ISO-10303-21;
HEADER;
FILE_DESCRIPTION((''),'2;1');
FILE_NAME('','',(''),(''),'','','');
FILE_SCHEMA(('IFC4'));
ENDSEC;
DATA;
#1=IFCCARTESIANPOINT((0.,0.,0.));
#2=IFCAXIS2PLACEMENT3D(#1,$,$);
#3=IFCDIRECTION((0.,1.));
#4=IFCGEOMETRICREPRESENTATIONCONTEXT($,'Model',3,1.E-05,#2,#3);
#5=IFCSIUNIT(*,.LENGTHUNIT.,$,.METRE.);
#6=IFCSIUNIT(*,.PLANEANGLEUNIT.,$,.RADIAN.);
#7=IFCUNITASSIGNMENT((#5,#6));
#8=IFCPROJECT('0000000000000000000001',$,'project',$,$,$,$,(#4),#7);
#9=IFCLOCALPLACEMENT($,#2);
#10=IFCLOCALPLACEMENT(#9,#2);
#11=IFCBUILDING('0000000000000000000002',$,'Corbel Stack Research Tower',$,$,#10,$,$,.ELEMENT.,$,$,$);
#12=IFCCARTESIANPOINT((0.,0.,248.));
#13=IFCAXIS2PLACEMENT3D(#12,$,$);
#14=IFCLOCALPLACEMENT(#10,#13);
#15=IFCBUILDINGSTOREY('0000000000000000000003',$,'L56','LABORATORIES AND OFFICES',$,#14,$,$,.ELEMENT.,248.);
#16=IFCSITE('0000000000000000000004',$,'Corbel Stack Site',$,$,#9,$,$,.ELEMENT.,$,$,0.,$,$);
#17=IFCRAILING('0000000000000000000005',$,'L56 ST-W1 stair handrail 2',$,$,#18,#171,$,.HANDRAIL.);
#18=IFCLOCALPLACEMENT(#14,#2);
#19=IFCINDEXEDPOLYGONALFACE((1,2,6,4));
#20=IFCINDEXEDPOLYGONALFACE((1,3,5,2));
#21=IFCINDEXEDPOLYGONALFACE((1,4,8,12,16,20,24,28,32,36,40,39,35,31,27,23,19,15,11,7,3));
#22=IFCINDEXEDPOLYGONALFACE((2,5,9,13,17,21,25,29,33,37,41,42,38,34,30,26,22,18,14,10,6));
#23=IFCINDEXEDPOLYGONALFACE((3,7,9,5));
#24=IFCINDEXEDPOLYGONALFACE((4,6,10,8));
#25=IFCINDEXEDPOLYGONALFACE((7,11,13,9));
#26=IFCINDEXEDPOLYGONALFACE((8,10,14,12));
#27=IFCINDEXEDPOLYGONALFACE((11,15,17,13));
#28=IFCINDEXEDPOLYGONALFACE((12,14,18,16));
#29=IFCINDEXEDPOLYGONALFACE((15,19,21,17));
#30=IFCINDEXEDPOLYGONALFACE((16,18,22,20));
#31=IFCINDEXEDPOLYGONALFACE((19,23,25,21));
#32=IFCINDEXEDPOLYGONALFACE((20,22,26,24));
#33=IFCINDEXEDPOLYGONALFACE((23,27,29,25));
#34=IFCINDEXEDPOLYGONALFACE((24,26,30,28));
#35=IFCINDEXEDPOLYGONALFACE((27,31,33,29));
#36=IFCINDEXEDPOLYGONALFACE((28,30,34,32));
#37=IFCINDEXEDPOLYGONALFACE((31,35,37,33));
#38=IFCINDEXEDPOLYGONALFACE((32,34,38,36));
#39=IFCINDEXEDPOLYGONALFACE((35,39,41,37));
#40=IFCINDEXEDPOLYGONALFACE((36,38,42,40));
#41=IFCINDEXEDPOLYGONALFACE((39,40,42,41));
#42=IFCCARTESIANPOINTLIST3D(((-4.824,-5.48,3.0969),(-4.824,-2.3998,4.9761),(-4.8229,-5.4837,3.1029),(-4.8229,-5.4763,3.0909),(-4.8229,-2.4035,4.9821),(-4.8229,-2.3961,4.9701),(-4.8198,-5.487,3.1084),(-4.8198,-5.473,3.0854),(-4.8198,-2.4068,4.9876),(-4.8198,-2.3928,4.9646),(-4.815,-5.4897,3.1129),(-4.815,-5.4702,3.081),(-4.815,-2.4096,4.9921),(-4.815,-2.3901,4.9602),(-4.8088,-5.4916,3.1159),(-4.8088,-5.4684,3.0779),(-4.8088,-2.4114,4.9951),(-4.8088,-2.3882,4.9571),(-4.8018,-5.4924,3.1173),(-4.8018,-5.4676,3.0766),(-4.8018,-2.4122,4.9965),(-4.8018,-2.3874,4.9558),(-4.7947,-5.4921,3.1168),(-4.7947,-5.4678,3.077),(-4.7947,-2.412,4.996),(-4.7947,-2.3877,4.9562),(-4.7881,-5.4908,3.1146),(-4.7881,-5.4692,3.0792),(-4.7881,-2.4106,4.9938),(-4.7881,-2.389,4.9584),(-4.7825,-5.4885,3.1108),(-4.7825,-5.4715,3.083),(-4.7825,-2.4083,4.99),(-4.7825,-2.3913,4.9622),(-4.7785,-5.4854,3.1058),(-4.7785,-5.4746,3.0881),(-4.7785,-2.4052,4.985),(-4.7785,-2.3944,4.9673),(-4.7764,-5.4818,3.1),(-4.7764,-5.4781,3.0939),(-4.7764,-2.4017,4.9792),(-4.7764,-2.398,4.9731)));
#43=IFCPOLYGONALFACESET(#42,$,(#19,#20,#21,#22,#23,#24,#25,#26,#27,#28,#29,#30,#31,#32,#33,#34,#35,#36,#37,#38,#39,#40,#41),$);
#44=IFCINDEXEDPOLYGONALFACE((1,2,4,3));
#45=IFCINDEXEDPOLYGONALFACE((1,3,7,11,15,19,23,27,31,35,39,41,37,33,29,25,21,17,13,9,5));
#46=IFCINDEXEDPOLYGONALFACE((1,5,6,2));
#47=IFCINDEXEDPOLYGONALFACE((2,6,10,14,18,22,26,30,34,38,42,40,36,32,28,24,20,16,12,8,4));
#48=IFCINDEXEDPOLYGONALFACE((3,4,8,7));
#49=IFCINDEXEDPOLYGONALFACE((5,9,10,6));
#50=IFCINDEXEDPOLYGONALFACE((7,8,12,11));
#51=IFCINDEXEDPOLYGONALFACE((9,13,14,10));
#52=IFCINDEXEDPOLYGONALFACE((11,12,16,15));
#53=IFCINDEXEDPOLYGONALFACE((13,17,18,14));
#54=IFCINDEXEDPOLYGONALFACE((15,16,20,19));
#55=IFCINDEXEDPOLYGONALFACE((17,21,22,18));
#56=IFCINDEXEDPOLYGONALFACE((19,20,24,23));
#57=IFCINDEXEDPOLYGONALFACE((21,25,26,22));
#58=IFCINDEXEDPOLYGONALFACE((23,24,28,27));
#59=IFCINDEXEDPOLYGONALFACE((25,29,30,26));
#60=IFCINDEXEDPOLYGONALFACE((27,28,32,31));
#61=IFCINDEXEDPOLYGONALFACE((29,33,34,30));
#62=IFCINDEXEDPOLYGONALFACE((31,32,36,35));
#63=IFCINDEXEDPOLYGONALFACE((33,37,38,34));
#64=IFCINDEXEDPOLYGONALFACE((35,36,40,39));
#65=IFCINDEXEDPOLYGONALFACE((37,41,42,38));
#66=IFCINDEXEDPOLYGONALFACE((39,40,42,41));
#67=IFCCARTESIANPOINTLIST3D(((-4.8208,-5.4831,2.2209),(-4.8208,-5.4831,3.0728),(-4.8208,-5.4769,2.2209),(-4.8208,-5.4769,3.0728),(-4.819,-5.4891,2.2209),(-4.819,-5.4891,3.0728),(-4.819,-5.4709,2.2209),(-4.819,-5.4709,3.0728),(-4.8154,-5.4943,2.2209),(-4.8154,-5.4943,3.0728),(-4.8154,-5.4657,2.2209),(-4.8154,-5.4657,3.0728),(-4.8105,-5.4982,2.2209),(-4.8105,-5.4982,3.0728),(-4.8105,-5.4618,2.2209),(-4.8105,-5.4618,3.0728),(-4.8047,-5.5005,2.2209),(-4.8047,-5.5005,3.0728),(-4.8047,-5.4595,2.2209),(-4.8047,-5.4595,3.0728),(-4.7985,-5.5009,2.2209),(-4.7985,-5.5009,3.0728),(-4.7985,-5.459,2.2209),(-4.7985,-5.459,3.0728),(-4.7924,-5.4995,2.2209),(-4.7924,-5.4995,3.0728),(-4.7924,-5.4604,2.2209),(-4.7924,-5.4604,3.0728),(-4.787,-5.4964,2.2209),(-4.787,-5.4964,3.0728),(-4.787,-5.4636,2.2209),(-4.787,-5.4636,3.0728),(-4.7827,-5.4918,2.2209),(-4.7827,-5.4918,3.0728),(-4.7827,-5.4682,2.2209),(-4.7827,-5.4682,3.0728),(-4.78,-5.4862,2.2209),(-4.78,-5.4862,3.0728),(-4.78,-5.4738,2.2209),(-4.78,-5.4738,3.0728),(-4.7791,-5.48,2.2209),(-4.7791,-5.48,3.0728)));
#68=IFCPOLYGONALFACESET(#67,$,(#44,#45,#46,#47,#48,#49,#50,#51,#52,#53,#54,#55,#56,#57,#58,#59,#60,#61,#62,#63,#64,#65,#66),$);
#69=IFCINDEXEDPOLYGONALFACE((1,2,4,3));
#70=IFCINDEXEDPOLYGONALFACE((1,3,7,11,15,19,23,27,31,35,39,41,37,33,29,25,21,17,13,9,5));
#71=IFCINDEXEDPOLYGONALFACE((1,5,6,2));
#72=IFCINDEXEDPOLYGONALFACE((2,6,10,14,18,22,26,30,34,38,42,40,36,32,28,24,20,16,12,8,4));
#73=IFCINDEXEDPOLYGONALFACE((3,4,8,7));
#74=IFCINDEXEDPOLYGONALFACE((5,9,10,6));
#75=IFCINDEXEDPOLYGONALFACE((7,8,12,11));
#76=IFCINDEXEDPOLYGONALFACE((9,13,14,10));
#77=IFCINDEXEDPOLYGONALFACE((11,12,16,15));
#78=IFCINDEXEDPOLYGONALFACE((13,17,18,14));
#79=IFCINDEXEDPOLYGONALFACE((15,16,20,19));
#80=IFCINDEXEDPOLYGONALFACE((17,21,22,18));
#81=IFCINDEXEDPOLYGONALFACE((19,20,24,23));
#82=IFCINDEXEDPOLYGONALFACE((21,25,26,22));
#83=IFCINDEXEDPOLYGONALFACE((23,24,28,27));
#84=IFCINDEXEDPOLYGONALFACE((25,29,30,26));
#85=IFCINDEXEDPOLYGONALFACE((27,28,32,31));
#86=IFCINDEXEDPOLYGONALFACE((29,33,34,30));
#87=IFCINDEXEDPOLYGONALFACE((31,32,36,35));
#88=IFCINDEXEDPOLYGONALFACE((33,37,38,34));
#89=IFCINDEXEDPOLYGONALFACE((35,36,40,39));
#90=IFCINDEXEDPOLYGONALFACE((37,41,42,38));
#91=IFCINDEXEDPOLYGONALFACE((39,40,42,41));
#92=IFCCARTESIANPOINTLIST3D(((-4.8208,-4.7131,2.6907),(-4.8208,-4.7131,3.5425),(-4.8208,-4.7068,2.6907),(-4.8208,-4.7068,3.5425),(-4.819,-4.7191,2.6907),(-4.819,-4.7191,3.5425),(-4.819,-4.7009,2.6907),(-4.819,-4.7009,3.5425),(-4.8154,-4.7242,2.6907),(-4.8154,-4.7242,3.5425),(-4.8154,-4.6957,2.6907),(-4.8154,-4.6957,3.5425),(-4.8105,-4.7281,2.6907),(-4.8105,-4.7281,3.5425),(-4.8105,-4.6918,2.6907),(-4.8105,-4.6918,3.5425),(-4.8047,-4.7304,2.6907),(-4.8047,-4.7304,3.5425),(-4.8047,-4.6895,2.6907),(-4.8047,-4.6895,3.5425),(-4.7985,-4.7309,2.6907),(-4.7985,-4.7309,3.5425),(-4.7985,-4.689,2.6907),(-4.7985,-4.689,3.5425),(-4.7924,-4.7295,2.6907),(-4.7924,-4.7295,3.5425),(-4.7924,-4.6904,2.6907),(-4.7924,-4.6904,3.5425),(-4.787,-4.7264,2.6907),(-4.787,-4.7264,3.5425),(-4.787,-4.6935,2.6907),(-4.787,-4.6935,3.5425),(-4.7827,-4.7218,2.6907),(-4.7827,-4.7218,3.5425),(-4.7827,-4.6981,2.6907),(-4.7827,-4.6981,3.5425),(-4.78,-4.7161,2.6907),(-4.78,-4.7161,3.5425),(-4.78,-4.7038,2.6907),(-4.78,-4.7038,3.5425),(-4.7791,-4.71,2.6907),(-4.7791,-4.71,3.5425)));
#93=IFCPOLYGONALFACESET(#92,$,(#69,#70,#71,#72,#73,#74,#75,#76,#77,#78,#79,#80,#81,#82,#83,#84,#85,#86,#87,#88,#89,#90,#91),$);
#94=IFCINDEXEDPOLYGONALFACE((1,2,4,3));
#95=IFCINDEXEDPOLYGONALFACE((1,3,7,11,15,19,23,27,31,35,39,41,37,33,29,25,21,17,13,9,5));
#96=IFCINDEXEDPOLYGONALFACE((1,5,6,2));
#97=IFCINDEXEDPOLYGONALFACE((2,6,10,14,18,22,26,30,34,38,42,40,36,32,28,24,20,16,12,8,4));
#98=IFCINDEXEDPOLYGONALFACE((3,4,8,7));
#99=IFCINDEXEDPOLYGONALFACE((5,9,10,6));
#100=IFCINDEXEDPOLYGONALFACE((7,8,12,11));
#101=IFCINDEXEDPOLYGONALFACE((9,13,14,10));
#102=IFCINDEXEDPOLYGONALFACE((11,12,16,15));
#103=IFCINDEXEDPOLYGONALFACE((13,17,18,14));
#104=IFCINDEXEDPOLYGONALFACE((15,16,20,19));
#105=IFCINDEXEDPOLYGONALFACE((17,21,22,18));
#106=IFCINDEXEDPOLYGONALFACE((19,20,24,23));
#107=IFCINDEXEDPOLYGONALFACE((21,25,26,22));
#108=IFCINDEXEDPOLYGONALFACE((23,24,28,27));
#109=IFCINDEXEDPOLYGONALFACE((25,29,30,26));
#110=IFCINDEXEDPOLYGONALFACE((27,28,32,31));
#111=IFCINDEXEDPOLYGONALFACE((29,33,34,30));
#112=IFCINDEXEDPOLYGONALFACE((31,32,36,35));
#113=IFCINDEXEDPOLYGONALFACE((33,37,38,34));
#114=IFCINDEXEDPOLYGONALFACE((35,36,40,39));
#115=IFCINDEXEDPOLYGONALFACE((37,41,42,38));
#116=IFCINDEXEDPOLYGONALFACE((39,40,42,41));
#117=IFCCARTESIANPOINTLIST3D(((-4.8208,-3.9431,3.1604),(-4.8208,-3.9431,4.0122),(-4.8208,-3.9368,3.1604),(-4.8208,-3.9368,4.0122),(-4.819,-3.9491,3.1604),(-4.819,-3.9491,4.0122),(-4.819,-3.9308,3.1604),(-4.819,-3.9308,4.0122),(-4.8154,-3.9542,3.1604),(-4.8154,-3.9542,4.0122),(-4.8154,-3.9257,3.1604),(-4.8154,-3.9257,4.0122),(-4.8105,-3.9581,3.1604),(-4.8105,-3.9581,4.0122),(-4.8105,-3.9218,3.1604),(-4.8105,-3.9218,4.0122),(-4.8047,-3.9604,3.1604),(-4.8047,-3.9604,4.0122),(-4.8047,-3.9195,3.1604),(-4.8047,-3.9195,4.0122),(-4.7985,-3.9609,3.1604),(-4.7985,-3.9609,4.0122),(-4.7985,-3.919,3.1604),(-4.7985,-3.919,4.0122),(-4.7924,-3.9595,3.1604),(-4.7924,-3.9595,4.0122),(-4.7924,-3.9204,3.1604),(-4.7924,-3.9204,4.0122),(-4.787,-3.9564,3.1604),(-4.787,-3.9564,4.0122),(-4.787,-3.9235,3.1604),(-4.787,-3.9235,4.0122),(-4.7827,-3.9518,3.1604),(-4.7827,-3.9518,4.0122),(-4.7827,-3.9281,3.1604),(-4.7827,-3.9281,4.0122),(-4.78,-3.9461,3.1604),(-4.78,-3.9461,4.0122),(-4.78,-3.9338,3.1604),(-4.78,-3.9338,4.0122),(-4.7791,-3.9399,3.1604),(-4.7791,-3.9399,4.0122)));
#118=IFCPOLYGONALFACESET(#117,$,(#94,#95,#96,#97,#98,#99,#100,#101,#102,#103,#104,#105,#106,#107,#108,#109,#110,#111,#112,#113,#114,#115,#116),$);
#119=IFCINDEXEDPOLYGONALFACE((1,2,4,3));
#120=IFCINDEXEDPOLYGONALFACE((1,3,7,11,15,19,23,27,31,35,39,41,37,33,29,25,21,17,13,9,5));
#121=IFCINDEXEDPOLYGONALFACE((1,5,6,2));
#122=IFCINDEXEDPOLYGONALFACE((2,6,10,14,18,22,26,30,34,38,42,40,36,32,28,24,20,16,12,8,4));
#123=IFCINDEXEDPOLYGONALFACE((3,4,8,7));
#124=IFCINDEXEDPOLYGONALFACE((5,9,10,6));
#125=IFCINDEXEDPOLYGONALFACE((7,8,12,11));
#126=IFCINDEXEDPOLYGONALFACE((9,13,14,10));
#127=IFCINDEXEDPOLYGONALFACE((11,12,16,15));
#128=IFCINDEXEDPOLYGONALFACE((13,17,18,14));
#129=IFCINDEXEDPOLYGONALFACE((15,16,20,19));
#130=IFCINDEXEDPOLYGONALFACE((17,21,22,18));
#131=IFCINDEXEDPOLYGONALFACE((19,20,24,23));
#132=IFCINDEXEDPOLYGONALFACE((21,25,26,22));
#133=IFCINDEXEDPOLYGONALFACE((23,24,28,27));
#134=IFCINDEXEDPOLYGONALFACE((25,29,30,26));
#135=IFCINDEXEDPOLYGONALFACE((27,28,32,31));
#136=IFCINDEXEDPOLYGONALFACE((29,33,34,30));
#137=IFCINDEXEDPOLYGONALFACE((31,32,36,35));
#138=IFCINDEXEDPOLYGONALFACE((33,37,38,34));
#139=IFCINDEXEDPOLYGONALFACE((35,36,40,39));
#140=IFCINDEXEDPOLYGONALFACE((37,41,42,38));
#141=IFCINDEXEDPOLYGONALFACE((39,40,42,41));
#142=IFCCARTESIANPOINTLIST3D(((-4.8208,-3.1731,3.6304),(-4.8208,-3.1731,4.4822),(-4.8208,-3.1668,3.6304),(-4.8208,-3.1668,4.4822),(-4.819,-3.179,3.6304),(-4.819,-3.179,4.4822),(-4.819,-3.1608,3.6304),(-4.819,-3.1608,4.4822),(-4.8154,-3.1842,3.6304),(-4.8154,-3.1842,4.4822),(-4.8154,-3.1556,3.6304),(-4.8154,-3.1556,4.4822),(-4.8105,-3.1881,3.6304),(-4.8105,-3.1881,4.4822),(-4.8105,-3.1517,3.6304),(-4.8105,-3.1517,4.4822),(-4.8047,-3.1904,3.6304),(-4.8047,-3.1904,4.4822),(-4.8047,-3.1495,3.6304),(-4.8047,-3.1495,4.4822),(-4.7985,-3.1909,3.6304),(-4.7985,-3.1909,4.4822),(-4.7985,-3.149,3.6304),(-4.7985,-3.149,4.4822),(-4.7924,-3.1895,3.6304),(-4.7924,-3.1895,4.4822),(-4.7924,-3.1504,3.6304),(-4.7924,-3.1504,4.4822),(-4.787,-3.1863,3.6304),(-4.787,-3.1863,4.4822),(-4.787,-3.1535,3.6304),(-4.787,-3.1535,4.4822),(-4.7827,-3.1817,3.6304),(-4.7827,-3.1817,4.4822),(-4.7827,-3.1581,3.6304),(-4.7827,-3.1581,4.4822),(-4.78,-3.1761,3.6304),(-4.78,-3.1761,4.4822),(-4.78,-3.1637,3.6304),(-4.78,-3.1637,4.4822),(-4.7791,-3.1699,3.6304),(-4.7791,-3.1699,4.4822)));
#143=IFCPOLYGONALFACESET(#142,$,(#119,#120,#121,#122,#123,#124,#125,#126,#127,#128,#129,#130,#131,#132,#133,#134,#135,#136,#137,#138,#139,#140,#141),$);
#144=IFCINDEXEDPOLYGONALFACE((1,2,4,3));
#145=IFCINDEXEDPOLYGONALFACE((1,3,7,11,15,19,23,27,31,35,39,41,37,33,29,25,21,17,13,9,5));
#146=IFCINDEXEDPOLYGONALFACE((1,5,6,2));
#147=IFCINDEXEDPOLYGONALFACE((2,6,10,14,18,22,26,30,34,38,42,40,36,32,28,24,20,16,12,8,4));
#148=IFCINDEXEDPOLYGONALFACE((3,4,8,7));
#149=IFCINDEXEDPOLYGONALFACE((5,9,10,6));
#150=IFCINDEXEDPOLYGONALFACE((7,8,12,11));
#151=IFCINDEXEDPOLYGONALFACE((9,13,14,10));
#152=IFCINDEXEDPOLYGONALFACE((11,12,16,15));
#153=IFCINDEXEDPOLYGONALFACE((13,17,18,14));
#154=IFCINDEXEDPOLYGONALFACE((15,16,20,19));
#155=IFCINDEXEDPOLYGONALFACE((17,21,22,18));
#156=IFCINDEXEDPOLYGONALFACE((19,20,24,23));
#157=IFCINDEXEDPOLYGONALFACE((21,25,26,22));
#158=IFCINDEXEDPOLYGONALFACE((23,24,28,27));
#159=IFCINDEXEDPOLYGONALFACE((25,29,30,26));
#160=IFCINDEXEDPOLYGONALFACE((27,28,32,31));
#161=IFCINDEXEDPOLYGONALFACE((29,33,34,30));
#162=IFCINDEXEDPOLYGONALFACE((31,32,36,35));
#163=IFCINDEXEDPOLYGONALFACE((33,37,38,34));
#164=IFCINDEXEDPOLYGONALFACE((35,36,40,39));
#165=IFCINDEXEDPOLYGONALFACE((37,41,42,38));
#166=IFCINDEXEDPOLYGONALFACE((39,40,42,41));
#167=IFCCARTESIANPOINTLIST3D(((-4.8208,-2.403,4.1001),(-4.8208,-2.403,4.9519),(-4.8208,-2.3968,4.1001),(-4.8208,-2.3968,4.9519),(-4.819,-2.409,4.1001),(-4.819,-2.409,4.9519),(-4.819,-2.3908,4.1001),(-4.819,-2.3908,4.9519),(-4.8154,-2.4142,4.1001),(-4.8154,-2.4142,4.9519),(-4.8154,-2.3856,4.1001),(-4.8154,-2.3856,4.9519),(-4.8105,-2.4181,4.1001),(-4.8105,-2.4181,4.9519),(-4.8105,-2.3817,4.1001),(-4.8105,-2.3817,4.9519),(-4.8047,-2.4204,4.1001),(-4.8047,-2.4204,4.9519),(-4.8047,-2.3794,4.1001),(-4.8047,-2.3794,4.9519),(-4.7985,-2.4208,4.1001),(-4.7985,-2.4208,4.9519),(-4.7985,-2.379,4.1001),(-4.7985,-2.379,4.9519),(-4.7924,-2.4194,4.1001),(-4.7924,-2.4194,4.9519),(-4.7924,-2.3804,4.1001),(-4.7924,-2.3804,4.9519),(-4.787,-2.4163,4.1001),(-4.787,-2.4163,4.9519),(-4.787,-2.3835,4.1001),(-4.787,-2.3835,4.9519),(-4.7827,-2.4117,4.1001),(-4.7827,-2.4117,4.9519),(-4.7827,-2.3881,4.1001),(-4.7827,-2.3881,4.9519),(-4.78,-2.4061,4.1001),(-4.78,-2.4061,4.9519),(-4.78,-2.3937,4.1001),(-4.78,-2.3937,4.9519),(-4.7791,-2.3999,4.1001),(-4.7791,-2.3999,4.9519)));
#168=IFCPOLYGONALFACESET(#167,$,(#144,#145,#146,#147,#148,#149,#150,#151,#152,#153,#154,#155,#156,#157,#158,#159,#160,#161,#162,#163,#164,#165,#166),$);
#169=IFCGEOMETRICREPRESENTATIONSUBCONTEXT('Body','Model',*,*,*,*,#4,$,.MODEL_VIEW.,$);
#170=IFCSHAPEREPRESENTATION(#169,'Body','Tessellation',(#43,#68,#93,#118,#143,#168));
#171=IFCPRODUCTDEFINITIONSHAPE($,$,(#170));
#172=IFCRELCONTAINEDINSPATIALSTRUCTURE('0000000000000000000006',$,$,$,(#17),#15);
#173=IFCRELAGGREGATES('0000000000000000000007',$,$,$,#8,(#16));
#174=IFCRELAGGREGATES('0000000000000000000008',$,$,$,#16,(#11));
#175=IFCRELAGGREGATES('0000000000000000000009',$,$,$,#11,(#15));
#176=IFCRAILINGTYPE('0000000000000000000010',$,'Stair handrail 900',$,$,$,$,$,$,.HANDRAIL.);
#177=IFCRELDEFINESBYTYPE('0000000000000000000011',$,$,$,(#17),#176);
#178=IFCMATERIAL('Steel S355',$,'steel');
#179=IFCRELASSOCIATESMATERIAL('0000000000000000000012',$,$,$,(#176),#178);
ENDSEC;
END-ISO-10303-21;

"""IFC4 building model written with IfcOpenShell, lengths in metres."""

from ifc_helpers import new_model, si_unit, direction, frame, origin, origin_2d, place, context, subcontext, project, spatial, circle, extrude, material, type_object, element, save


model = new_model("IFC4")

# Units and contexts
model_context = context("Model", 3, precision=1e-05, world=origin(), true_north=direction((0.0, 1.0)))
body_context = subcontext(model_context, "Body", "Model", "MODEL_VIEW")
ifc_project = project(units=[si_unit("LENGTHUNIT", "METRE"), si_unit("PLANEANGLEUNIT", "RADIAN")], contexts=[model_context])

# Site, building, storey
site_placement = place(None, origin())
site = spatial("IfcSite", under=ifc_project, at=site_placement, Name="Corbel Stack Site", CompositionType="ELEMENT", RefElevation=0.0)
building_placement = place(site_placement, origin())
building = spatial("IfcBuilding", under=site, at=building_placement, Name="Corbel Stack Research Tower", CompositionType="ELEMENT")
storey_placement = place(building_placement, frame((0.0, 0.0, 248.0)))
storey = spatial("IfcBuildingStorey", under=building, at=storey_placement, Name="L56", Description="LABORATORIES AND OFFICES", CompositionType="ELEMENT", Elevation=248.0)

# Railing
ifc_material_1 = material(Name="Steel S355", Category="steel")
railing_type_1 = type_object("IfcRailingType", Name="Stair handrail 900", PredefinedType="HANDRAIL", material=ifc_material_1)
railing_1_placement = place(storey_placement, frame((-4.8, -5.48, 2.2209)))
element("IfcRailing", 1, at=railing_1_placement, inside=storey, type_object=railing_type_1, Name="L56 ST-W1 stair handrail 2", PredefinedType="HANDRAIL", context=body_context, shape_type="SweptSolid", body=[
    extrude(circle(Radius=0.0239, at=origin_2d()), frame((0.0, 0.0, 0.876), z_axis=(0.0, 0.853666, 0.52082), x_axis=(-1.0, 0.0, 0.0)), (0.0, 0.0, 1.0), 3.6082),
    extrude(circle(Radius=0.021, at=origin_2d()), origin(), (0.0, 0.0, 1.0), 0.8518),
    extrude(circle(Radius=0.021, at=origin_2d()), frame((0.0, 0.77, 0.4697)), (0.0, 0.0, 1.0), 0.8518),
    extrude(circle(Radius=0.021, at=origin_2d()), frame((0.0, 1.54, 0.9395)), (0.0, 0.0, 1.0), 0.8518),
    extrude(circle(Radius=0.021, at=origin_2d()), frame((0.0, 2.3101, 1.4094)), (0.0, 0.0, 1.0), 0.8518),
    extrude(circle(Radius=0.021, at=origin_2d()), frame((0.0, 3.0801, 1.8792)), (0.0, 0.0, 1.0), 0.8518),
])

save(model, "model.ifc")
